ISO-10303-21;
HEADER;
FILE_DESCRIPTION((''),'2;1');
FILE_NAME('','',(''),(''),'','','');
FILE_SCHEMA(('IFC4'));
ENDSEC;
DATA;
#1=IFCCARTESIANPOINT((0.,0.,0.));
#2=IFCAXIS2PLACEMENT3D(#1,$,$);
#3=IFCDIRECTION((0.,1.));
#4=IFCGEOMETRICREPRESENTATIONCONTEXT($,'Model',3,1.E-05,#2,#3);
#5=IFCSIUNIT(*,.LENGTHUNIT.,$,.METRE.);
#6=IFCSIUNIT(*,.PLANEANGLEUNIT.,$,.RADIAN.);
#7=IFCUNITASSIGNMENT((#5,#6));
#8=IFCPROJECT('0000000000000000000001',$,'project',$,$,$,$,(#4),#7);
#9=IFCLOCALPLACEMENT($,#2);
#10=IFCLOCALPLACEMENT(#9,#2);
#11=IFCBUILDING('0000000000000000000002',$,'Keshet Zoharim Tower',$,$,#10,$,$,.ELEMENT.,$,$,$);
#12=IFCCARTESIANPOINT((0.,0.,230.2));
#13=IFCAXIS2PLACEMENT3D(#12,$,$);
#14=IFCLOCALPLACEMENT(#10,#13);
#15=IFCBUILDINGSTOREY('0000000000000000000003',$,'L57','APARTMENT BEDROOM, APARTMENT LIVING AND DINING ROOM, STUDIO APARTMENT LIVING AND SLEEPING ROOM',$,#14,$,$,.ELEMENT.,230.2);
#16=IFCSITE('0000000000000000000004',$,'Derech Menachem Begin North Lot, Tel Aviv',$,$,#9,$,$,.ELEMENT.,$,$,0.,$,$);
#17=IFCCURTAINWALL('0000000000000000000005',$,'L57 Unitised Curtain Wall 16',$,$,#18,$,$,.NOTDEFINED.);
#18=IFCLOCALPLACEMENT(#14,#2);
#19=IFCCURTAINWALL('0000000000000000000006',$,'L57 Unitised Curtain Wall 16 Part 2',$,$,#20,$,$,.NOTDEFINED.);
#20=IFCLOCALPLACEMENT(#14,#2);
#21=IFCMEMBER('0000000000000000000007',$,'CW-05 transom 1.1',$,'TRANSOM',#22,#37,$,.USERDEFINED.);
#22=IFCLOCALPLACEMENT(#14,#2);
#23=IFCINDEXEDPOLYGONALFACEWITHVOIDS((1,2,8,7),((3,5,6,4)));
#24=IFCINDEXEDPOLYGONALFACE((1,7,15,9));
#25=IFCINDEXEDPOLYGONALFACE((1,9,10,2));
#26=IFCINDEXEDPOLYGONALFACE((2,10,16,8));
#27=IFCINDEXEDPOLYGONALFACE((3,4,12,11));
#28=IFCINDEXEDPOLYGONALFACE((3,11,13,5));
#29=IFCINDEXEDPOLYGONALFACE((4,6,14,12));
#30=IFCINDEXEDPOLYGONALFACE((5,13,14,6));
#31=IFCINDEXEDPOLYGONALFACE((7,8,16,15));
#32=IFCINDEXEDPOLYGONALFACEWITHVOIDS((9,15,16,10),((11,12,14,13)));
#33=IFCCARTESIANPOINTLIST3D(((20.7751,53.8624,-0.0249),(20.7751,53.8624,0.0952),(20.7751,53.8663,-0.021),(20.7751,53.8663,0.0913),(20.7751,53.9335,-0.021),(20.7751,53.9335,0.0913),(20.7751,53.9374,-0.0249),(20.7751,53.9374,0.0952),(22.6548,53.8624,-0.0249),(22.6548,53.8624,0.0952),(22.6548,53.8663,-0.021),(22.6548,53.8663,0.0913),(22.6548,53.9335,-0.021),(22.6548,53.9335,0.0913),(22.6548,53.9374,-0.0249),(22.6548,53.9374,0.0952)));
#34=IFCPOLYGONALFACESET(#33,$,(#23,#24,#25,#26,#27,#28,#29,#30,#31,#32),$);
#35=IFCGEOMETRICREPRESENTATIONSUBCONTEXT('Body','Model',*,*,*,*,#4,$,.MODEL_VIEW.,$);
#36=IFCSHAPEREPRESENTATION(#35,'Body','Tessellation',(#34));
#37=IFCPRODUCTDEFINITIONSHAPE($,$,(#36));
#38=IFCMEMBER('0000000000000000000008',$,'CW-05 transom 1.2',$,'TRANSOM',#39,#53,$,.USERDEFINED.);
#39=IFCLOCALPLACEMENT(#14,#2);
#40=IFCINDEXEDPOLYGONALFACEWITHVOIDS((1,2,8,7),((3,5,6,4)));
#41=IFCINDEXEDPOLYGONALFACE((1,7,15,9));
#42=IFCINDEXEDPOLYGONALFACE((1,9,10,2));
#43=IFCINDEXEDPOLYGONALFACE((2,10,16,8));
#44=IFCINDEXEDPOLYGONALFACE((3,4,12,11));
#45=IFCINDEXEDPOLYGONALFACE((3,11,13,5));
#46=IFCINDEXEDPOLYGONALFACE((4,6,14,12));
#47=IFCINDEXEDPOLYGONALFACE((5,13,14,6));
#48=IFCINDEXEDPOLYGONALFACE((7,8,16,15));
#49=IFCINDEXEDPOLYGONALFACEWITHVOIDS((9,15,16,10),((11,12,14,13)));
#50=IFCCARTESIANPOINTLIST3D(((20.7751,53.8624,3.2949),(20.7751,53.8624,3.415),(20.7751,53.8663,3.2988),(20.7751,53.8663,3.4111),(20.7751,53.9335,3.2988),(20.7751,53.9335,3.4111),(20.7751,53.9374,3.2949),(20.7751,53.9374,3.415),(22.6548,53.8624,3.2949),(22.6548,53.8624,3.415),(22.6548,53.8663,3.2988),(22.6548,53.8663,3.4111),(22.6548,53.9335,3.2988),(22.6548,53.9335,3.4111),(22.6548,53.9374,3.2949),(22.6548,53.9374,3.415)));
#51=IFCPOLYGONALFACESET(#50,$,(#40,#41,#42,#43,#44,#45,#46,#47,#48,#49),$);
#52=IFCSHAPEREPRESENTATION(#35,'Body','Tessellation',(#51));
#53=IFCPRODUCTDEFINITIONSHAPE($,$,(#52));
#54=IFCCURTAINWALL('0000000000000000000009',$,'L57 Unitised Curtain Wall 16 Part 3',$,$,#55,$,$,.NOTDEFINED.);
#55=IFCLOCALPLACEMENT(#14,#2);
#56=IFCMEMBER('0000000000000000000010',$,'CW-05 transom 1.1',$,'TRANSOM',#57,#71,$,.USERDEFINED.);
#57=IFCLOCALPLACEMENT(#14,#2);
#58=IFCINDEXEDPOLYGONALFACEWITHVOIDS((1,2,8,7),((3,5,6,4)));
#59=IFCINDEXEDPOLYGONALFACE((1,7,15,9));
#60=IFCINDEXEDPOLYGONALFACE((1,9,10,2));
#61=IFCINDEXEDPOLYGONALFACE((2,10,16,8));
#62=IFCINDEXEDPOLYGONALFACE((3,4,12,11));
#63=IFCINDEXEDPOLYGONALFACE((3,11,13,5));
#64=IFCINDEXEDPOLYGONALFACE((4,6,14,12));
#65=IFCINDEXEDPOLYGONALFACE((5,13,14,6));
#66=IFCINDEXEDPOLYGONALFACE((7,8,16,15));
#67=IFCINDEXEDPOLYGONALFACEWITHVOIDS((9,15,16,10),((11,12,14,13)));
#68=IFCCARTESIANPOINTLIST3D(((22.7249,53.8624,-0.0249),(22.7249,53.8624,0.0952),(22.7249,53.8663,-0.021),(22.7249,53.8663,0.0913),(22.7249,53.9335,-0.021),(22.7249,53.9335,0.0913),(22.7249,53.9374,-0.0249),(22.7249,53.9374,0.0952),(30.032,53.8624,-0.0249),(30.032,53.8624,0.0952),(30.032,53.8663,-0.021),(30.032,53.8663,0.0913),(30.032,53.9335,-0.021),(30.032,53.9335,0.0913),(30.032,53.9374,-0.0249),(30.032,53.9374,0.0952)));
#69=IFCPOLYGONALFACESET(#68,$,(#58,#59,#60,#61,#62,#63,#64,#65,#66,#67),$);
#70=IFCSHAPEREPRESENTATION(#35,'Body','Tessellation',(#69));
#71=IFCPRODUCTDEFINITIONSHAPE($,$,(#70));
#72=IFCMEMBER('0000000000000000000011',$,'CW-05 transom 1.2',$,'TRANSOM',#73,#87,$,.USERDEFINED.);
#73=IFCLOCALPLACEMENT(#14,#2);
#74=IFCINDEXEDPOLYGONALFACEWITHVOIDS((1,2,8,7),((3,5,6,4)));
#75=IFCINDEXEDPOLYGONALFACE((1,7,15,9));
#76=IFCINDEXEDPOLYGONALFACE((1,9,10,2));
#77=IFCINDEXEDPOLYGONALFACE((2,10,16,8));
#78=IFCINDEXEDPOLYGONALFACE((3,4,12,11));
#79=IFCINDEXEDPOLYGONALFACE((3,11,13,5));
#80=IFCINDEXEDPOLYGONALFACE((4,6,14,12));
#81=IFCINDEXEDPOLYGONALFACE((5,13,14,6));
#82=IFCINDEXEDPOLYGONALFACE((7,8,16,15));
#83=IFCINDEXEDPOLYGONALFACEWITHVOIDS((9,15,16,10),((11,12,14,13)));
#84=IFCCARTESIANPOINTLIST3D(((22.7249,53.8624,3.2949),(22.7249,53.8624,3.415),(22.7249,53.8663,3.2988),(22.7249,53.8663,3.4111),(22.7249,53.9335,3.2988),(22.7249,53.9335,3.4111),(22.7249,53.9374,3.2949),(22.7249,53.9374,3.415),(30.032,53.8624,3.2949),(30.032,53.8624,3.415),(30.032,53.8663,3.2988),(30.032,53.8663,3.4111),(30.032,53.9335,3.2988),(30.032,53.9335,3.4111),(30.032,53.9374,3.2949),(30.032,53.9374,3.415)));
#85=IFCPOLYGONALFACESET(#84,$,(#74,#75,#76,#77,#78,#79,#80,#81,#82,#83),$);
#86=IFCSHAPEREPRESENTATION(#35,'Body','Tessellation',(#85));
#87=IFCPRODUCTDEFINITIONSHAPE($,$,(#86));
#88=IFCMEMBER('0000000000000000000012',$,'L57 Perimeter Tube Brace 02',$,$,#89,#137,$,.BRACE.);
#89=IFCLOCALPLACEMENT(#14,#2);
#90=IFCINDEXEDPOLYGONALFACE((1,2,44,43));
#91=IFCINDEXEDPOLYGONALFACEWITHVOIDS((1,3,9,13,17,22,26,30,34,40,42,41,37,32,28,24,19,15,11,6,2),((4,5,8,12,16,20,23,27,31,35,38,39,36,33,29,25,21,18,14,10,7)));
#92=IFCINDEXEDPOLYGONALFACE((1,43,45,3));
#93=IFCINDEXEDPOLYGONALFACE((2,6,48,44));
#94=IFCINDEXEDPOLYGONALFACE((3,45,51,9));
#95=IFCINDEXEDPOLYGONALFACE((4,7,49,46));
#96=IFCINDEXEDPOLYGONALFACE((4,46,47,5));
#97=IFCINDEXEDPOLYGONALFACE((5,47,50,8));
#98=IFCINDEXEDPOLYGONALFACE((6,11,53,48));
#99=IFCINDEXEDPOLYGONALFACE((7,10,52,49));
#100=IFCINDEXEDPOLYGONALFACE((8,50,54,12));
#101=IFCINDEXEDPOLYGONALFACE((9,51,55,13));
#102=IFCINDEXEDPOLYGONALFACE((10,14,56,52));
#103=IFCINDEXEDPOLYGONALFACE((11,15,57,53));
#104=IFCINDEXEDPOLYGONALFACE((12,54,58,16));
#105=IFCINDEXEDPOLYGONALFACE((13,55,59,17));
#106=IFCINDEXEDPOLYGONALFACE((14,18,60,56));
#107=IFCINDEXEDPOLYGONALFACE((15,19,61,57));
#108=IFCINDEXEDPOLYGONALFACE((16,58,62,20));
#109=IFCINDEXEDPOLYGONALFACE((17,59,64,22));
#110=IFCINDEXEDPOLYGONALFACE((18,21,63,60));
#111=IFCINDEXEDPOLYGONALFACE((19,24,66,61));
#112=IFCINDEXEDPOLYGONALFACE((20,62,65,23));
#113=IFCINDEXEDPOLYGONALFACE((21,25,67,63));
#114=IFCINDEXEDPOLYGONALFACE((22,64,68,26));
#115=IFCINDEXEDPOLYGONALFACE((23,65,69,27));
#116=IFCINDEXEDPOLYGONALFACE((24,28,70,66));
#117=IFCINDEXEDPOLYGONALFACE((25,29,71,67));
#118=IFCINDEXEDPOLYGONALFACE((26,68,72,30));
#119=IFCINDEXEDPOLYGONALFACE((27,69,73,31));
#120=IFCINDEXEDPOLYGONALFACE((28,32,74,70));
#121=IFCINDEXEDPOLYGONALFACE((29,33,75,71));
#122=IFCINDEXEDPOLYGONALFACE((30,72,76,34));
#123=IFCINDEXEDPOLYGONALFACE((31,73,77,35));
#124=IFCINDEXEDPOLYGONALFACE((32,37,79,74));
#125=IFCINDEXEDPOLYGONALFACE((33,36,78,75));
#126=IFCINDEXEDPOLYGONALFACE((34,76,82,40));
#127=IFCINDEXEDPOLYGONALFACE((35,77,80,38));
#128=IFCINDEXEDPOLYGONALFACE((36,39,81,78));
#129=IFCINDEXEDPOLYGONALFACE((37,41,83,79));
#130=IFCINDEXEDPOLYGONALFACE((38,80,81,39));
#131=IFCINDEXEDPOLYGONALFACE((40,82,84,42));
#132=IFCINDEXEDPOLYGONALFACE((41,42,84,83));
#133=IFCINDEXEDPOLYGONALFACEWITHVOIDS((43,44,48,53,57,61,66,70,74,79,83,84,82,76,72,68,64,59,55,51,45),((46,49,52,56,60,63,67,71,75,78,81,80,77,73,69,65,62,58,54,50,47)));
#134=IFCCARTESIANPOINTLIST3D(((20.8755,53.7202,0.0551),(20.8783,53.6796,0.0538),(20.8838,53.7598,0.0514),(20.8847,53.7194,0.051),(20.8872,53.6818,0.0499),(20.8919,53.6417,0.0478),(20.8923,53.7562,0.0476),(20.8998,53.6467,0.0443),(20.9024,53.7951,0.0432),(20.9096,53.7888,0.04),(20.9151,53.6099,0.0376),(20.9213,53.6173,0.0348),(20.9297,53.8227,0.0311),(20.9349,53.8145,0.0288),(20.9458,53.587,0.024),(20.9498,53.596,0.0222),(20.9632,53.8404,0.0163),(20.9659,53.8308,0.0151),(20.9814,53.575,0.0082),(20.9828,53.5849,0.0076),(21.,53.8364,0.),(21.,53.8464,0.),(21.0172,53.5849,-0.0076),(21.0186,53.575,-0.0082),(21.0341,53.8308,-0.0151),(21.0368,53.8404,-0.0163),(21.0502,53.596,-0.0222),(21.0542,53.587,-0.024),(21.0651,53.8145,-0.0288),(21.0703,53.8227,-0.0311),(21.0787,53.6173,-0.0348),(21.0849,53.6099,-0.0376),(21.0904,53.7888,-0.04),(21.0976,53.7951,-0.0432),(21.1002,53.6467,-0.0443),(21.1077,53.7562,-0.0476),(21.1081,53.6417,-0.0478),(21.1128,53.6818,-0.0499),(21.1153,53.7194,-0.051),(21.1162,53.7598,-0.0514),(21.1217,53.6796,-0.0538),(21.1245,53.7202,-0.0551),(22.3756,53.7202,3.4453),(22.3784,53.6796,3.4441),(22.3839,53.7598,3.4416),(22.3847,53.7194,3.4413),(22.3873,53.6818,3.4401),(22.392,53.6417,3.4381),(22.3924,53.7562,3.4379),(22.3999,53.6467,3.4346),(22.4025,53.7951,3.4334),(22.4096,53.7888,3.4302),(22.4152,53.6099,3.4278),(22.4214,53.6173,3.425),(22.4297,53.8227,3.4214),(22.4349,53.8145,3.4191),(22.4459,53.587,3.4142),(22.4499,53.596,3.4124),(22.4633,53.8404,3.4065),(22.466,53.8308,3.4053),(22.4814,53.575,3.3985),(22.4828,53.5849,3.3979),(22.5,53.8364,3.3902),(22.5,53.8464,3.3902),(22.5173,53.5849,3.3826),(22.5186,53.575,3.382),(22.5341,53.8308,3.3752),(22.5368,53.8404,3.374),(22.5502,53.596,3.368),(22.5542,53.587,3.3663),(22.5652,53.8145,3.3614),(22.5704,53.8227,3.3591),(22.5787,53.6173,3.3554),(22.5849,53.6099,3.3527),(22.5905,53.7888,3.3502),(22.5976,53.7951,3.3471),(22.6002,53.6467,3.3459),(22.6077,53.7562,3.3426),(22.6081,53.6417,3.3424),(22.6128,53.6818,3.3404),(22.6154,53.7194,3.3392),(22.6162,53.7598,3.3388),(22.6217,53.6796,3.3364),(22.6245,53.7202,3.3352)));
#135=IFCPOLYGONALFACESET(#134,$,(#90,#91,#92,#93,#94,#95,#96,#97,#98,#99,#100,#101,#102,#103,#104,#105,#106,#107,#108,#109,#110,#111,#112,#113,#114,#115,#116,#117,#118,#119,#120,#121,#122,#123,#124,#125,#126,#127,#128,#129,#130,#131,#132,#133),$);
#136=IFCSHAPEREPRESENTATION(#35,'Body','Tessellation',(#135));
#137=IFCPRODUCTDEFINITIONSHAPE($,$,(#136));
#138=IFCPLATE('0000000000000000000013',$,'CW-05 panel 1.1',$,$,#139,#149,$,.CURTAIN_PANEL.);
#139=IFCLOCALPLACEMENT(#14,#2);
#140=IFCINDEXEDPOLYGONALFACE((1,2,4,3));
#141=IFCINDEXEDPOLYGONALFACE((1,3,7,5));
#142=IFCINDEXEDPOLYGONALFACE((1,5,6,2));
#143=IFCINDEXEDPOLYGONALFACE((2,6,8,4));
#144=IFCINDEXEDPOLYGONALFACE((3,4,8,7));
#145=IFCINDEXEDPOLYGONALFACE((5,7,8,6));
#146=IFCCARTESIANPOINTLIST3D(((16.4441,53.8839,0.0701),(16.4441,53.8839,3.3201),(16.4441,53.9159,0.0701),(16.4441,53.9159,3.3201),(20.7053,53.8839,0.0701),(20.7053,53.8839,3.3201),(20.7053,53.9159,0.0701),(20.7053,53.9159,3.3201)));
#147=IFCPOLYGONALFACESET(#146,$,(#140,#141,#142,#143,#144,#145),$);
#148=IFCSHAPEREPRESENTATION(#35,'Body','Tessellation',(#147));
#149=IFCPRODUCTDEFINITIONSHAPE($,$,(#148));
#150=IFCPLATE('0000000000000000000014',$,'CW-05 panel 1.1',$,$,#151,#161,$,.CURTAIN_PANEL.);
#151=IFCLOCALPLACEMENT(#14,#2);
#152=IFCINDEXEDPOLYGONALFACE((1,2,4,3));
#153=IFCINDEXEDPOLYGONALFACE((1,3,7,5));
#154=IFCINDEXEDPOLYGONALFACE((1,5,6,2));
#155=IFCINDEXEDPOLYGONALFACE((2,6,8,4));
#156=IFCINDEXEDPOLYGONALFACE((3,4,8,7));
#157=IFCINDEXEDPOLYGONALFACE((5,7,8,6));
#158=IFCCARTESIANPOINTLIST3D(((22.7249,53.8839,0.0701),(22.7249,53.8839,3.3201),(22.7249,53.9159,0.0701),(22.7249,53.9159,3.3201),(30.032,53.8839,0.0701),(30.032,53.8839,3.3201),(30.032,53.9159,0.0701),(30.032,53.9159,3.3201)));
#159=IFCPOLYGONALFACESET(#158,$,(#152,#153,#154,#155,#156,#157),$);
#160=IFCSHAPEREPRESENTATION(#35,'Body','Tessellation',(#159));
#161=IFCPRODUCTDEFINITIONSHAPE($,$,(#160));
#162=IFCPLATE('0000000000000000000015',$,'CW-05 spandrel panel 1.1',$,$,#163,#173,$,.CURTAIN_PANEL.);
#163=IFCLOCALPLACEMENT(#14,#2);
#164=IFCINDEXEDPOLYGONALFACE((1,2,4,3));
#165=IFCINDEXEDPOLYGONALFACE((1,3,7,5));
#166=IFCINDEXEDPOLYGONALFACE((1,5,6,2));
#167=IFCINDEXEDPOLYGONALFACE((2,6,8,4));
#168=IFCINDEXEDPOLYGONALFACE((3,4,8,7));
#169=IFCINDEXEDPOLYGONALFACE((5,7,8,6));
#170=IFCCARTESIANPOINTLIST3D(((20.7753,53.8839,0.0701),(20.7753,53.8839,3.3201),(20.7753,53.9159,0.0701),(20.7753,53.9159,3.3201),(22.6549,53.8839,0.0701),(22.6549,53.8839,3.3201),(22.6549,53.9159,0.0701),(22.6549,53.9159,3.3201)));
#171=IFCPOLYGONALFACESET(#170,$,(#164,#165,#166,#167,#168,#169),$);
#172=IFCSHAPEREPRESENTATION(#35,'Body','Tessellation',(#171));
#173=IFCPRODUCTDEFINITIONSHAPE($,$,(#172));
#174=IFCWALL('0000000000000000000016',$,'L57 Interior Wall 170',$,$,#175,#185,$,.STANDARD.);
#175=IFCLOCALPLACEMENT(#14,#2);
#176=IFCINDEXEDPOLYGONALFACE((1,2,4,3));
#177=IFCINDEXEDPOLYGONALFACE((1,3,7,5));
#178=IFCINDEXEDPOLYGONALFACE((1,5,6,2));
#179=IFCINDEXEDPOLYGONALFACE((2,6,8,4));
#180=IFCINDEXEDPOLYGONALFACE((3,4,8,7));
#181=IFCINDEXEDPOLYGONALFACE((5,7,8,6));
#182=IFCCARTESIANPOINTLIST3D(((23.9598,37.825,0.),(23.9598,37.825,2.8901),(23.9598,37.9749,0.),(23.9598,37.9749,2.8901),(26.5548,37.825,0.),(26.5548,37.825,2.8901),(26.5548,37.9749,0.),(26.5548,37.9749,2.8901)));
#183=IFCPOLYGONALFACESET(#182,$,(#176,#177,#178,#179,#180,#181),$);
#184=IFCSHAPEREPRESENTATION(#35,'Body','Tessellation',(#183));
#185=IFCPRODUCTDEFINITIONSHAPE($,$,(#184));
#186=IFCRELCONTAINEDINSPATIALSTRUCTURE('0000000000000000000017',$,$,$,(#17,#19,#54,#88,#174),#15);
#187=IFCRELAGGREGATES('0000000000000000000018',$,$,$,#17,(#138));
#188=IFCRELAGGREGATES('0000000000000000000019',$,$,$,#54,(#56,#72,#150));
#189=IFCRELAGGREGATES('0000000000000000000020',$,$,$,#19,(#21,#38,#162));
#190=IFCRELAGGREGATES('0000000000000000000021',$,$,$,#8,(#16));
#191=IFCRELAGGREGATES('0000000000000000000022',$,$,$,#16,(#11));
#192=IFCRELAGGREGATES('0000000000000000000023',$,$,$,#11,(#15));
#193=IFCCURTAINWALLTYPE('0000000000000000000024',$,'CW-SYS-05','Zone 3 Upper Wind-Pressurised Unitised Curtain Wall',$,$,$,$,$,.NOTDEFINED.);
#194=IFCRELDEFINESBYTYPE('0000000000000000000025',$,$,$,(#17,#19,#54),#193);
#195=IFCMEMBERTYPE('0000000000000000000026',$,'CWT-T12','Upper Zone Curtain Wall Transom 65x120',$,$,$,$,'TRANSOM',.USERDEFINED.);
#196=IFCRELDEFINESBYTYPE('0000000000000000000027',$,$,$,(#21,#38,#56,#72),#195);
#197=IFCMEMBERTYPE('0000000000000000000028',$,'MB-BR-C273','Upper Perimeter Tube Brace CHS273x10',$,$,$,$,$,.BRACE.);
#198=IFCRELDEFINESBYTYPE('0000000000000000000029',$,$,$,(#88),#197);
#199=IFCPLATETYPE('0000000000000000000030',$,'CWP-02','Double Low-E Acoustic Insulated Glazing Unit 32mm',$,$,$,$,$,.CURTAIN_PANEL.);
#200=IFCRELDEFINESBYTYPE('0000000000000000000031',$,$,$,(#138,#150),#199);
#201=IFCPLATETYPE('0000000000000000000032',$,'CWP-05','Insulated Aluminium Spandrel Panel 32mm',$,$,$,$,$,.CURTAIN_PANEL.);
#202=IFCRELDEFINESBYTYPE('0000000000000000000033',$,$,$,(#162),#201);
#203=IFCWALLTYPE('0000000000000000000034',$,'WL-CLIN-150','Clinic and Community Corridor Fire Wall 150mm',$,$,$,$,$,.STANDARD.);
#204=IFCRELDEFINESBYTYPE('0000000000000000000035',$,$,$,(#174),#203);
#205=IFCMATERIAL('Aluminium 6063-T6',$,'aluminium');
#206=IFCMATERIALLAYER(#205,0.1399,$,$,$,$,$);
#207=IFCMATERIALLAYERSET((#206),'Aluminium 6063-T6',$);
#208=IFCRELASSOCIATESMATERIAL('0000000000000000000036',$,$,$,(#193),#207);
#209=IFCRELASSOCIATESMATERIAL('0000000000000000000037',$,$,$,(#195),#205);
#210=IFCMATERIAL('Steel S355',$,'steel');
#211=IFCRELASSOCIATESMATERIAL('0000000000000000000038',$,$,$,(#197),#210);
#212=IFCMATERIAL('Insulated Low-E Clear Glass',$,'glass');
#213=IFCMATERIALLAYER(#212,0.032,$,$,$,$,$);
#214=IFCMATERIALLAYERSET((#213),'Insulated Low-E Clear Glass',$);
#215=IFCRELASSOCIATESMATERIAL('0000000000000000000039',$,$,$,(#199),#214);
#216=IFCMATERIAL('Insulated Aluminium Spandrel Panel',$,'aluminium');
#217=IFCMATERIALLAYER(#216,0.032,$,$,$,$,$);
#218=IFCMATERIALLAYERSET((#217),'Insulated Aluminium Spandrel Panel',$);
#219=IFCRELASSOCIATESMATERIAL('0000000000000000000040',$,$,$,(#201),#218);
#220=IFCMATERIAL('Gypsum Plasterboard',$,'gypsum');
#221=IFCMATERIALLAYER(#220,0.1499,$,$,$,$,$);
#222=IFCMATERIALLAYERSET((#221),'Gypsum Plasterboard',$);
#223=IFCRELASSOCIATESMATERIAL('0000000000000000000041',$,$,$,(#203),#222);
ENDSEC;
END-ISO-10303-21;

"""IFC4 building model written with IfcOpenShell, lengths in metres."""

from ifc_helpers import new_model, si_unit, direction, frame, frame_2d, origin, origin_2d, place, context, subcontext, project, spatial, rectangle, hollow_rectangle, hollow_circle, extrude, material, layer, layer_set, material_profile, profile_set, type_object, element, aggregate, save


model = new_model("IFC4")

# Units and contexts
model_context = context("Model", 3, precision=1e-05, world=origin(), true_north=direction((0.0, 1.0)))
body_context = subcontext(model_context, "Body", "Model", "MODEL_VIEW")
ifc_project = project(units=[si_unit("LENGTHUNIT", "METRE"), si_unit("PLANEANGLEUNIT", "RADIAN")], contexts=[model_context])

# Site, building, storey
site_placement = place(None, origin())
site = spatial("IfcSite", under=ifc_project, at=site_placement, Name="Derech Menachem Begin North Lot, Tel Aviv", CompositionType="ELEMENT", RefElevation=0.0)
building_placement = place(site_placement, origin())
building = spatial("IfcBuilding", under=site, at=building_placement, Name="Keshet Zoharim Tower", CompositionType="ELEMENT")
storey_placement = place(building_placement, frame((0.0, 0.0, 230.2)))
storey = spatial("IfcBuildingStorey", under=building, at=storey_placement, Name="L57", Description="APARTMENT BEDROOM, APARTMENT LIVING AND DINING ROOM, STUDIO APARTMENT LIVING AND SLEEPING ROOM", CompositionType="ELEMENT", Elevation=230.2)

# Shared definitions
ifc_material_1 = material(Name="Steel S355", Category="steel")

# Curtain wall
ifc_material_2 = material(Name="Aluminium 6063-T6", Category="aluminium")
ifc_layer_1 = layer(ifc_material_2, 0.1399)
ifc_layer_set_1 = layer_set([ifc_layer_1], Name="Aluminium 6063-T6")
curtain_wall_type = type_object("IfcCurtainWallType", Name="CW-SYS-05", Description="Zone 3 Upper Wind-Pressurised Unitised Curtain Wall", PredefinedType="NOTDEFINED", material=ifc_layer_set_1)
curtain_wall_1_placement = place(storey_placement, origin())
curtain_wall_1 = element("IfcCurtainWall", 1, at=curtain_wall_1_placement, inside=storey, type_object=curtain_wall_type, Name="L57 Unitised Curtain Wall 16", PredefinedType="NOTDEFINED")

# Curtain walls, members
curtain_wall_2_placement = place(storey_placement, origin())
curtain_wall_2 = element("IfcCurtainWall", 2, at=curtain_wall_2_placement, inside=storey, type_object=curtain_wall_type, Name="L57 Unitised Curtain Wall 16 Part 2", PredefinedType="NOTDEFINED")
ifc_material_profile_1 = material_profile(ifc_material_2, hollow_rectangle(XDim=0.075, YDim=0.1201, WallThickness=0.0039, at=origin_2d()), Name="TRN-75x120")
ifc_profile_set_1 = profile_set([ifc_material_profile_1], Name="Aluminium 6063-T6")
member_type_1 = type_object("IfcMemberType", Name="CWT-T12", Description="Upper Zone Curtain Wall Transom 65x120", ElementType="TRANSOM", PredefinedType="USERDEFINED", material=ifc_profile_set_1)
member_1_placement = place(storey_placement, frame((20.7751, 53.8999, 0.0352), z_axis=(1.0, 0.0, 0.0), x_axis=(0.0, 1.0, 0.0)))
member_1 = element("IfcMember", 3, at=member_1_placement, type_object=member_type_1, Name="CW-05 transom 1.1", ObjectType="TRANSOM", PredefinedType="USERDEFINED", context=body_context, shape_type="SweptSolid", body=[
    extrude(hollow_rectangle(XDim=0.075, YDim=0.1201, WallThickness=0.0039, at=origin_2d()), origin(), (0.0, 0.0, 1.0), 1.8796),
])
member_2_placement = place(storey_placement, frame((20.7751, 53.8999, 3.355), z_axis=(1.0, 0.0, 0.0), x_axis=(0.0, 1.0, 0.0)))
member_2 = element("IfcMember", 4, at=member_2_placement, type_object=member_type_1, Name="CW-05 transom 1.2", ObjectType="TRANSOM", PredefinedType="USERDEFINED", context=body_context, shape_type="SweptSolid", body=[
    extrude(hollow_rectangle(XDim=0.075, YDim=0.1201, WallThickness=0.0039, at=origin_2d()), origin(), (0.0, 0.0, 1.0), 1.8796),
])
curtain_wall_3_placement = place(storey_placement, origin())
curtain_wall_3 = element("IfcCurtainWall", 5, at=curtain_wall_3_placement, inside=storey, type_object=curtain_wall_type, Name="L57 Unitised Curtain Wall 16 Part 3", PredefinedType="NOTDEFINED")
member_3_placement = place(storey_placement, frame((22.7249, 53.8999, 0.0352), z_axis=(1.0, 0.0, 0.0), x_axis=(0.0, 1.0, 0.0)))
member_3 = element("IfcMember", 6, at=member_3_placement, type_object=member_type_1, Name="CW-05 transom 1.1", ObjectType="TRANSOM", PredefinedType="USERDEFINED", context=body_context, shape_type="SweptSolid", body=[
    extrude(hollow_rectangle(XDim=0.075, YDim=0.1201, WallThickness=0.0039, at=origin_2d()), origin(), (0.0, 0.0, 1.0), 7.3071),
])
member_4_placement = place(storey_placement, frame((22.7249, 53.8999, 3.355), z_axis=(1.0, 0.0, 0.0), x_axis=(0.0, 1.0, 0.0)))
member_4 = element("IfcMember", 7, at=member_4_placement, type_object=member_type_1, Name="CW-05 transom 1.2", ObjectType="TRANSOM", PredefinedType="USERDEFINED", context=body_context, shape_type="SweptSolid", body=[
    extrude(hollow_rectangle(XDim=0.075, YDim=0.1201, WallThickness=0.0039, at=origin_2d()), origin(), (0.0, 0.0, 1.0), 7.3071),
])

# Member
ifc_material_profile_2 = material_profile(ifc_material_1, hollow_circle(Radius=0.1365, WallThickness=0.01, at=origin_2d()), Name="CHS273x10")
ifc_profile_set_2 = profile_set([ifc_material_profile_2], Name="Steel S355")
member_type_2 = type_object("IfcMemberType", Name="MB-BR-C273", Description="Upper Perimeter Tube Brace CHS273x10", PredefinedType="BRACE", material=ifc_profile_set_2)
member_5_placement = place(storey_placement, frame((21.0, 53.71, 0.0), z_axis=(0.404623, 0.0, 0.914484), x_axis=(0.0, 1.0, 0.0)))
element("IfcMember", 8, at=member_5_placement, inside=storey, type_object=member_type_2, Name="L57 Perimeter Tube Brace 02", PredefinedType="BRACE", context=body_context, shape_type="SweptSolid", body=[
    extrude(hollow_circle(Radius=0.1365, WallThickness=0.01, at=origin_2d()), origin(), (0.0, 0.0, 1.0), 3.7073),
])

# Plates
ifc_material_3 = material(Name="Insulated Low-E Clear Glass", Category="glass")
ifc_layer_2 = layer(ifc_material_3, 0.032)
ifc_layer_set_2 = layer_set([ifc_layer_2], Name="Insulated Low-E Clear Glass")
plate_type_1 = type_object("IfcPlateType", Name="CWP-02", Description="Double Low-E Acoustic Insulated Glazing Unit 32mm", PredefinedType="CURTAIN_PANEL", material=ifc_layer_set_2)
plate_1_placement = place(storey_placement, frame((18.5747, 53.8999, 0.0701), z_axis=(0.0, 0.0, 1.0), x_axis=(1.0, 0.0, 0.0)))
plate_1 = element("IfcPlate", 9, at=plate_1_placement, type_object=plate_type_1, Name="CW-05 panel 1.1", PredefinedType="CURTAIN_PANEL", context=body_context, shape_type="SweptSolid", body=[
    extrude(rectangle(XDim=4.2612, YDim=0.032, at=origin_2d()), origin(), (0.0, 0.0, 1.0), 3.25),
])
aggregate(curtain_wall_1, [plate_1])
plate_2_placement = place(storey_placement, frame((26.3784, 53.8999, 0.0701), z_axis=(0.0, 0.0, 1.0), x_axis=(1.0, 0.0, 0.0)))
plate_2 = element("IfcPlate", 10, at=plate_2_placement, type_object=plate_type_1, Name="CW-05 panel 1.1", PredefinedType="CURTAIN_PANEL", context=body_context, shape_type="SweptSolid", body=[
    extrude(rectangle(XDim=7.3071, YDim=0.032, at=origin_2d()), origin(), (0.0, 0.0, 1.0), 3.25),
])
aggregate(curtain_wall_3, [member_3, member_4, plate_2])
ifc_material_4 = material(Name="Insulated Aluminium Spandrel Panel", Category="aluminium")
ifc_layer_3 = layer(ifc_material_4, 0.032)
ifc_layer_set_3 = layer_set([ifc_layer_3], Name="Insulated Aluminium Spandrel Panel")
plate_type_2 = type_object("IfcPlateType", Name="CWP-05", Description="Insulated Aluminium Spandrel Panel 32mm", PredefinedType="CURTAIN_PANEL", material=ifc_layer_set_3)
plate_3_placement = place(storey_placement, frame((21.7151, 53.8999, 0.0701), z_axis=(0.0, 0.0, 1.0), x_axis=(1.0, 0.0, 0.0)))
plate_3 = element("IfcPlate", 11, at=plate_3_placement, type_object=plate_type_2, Name="CW-05 spandrel panel 1.1", PredefinedType="CURTAIN_PANEL", context=body_context, shape_type="SweptSolid", body=[
    extrude(rectangle(XDim=1.8796, YDim=0.032, at=origin_2d()), origin(), (0.0, 0.0, 1.0), 3.25),
])
aggregate(curtain_wall_2, [member_1, member_2, plate_3])

# Wall
ifc_material_5 = material(Name="Gypsum Plasterboard", Category="gypsum")
ifc_layer_4 = layer(ifc_material_5, 0.1499)
ifc_layer_set_4 = layer_set([ifc_layer_4], Name="Gypsum Plasterboard")
wall_type_1 = type_object("IfcWallType", Name="WL-CLIN-150", Description="Clinic and Community Corridor Fire Wall 150mm", PredefinedType="STANDARD", material=ifc_layer_set_4)
wall_1_placement = place(storey_placement, frame((23.96, 37.8999, 0.0), z_axis=(0.0, 0.0, 1.0), x_axis=(1.0, 0.0, 0.0)))
element("IfcWall", 12, at=wall_1_placement, inside=storey, type_object=wall_type_1, Name="L57 Interior Wall 170", PredefinedType="STANDARD", context=body_context, shape_type="SweptSolid", body=[
    extrude(rectangle(XDim=2.595, YDim=0.1499, at=frame_2d((1.2974, 0.0))), origin(), (0.0, 0.0, 1.0), 2.8901),
])

save(model, "model.ifc")
